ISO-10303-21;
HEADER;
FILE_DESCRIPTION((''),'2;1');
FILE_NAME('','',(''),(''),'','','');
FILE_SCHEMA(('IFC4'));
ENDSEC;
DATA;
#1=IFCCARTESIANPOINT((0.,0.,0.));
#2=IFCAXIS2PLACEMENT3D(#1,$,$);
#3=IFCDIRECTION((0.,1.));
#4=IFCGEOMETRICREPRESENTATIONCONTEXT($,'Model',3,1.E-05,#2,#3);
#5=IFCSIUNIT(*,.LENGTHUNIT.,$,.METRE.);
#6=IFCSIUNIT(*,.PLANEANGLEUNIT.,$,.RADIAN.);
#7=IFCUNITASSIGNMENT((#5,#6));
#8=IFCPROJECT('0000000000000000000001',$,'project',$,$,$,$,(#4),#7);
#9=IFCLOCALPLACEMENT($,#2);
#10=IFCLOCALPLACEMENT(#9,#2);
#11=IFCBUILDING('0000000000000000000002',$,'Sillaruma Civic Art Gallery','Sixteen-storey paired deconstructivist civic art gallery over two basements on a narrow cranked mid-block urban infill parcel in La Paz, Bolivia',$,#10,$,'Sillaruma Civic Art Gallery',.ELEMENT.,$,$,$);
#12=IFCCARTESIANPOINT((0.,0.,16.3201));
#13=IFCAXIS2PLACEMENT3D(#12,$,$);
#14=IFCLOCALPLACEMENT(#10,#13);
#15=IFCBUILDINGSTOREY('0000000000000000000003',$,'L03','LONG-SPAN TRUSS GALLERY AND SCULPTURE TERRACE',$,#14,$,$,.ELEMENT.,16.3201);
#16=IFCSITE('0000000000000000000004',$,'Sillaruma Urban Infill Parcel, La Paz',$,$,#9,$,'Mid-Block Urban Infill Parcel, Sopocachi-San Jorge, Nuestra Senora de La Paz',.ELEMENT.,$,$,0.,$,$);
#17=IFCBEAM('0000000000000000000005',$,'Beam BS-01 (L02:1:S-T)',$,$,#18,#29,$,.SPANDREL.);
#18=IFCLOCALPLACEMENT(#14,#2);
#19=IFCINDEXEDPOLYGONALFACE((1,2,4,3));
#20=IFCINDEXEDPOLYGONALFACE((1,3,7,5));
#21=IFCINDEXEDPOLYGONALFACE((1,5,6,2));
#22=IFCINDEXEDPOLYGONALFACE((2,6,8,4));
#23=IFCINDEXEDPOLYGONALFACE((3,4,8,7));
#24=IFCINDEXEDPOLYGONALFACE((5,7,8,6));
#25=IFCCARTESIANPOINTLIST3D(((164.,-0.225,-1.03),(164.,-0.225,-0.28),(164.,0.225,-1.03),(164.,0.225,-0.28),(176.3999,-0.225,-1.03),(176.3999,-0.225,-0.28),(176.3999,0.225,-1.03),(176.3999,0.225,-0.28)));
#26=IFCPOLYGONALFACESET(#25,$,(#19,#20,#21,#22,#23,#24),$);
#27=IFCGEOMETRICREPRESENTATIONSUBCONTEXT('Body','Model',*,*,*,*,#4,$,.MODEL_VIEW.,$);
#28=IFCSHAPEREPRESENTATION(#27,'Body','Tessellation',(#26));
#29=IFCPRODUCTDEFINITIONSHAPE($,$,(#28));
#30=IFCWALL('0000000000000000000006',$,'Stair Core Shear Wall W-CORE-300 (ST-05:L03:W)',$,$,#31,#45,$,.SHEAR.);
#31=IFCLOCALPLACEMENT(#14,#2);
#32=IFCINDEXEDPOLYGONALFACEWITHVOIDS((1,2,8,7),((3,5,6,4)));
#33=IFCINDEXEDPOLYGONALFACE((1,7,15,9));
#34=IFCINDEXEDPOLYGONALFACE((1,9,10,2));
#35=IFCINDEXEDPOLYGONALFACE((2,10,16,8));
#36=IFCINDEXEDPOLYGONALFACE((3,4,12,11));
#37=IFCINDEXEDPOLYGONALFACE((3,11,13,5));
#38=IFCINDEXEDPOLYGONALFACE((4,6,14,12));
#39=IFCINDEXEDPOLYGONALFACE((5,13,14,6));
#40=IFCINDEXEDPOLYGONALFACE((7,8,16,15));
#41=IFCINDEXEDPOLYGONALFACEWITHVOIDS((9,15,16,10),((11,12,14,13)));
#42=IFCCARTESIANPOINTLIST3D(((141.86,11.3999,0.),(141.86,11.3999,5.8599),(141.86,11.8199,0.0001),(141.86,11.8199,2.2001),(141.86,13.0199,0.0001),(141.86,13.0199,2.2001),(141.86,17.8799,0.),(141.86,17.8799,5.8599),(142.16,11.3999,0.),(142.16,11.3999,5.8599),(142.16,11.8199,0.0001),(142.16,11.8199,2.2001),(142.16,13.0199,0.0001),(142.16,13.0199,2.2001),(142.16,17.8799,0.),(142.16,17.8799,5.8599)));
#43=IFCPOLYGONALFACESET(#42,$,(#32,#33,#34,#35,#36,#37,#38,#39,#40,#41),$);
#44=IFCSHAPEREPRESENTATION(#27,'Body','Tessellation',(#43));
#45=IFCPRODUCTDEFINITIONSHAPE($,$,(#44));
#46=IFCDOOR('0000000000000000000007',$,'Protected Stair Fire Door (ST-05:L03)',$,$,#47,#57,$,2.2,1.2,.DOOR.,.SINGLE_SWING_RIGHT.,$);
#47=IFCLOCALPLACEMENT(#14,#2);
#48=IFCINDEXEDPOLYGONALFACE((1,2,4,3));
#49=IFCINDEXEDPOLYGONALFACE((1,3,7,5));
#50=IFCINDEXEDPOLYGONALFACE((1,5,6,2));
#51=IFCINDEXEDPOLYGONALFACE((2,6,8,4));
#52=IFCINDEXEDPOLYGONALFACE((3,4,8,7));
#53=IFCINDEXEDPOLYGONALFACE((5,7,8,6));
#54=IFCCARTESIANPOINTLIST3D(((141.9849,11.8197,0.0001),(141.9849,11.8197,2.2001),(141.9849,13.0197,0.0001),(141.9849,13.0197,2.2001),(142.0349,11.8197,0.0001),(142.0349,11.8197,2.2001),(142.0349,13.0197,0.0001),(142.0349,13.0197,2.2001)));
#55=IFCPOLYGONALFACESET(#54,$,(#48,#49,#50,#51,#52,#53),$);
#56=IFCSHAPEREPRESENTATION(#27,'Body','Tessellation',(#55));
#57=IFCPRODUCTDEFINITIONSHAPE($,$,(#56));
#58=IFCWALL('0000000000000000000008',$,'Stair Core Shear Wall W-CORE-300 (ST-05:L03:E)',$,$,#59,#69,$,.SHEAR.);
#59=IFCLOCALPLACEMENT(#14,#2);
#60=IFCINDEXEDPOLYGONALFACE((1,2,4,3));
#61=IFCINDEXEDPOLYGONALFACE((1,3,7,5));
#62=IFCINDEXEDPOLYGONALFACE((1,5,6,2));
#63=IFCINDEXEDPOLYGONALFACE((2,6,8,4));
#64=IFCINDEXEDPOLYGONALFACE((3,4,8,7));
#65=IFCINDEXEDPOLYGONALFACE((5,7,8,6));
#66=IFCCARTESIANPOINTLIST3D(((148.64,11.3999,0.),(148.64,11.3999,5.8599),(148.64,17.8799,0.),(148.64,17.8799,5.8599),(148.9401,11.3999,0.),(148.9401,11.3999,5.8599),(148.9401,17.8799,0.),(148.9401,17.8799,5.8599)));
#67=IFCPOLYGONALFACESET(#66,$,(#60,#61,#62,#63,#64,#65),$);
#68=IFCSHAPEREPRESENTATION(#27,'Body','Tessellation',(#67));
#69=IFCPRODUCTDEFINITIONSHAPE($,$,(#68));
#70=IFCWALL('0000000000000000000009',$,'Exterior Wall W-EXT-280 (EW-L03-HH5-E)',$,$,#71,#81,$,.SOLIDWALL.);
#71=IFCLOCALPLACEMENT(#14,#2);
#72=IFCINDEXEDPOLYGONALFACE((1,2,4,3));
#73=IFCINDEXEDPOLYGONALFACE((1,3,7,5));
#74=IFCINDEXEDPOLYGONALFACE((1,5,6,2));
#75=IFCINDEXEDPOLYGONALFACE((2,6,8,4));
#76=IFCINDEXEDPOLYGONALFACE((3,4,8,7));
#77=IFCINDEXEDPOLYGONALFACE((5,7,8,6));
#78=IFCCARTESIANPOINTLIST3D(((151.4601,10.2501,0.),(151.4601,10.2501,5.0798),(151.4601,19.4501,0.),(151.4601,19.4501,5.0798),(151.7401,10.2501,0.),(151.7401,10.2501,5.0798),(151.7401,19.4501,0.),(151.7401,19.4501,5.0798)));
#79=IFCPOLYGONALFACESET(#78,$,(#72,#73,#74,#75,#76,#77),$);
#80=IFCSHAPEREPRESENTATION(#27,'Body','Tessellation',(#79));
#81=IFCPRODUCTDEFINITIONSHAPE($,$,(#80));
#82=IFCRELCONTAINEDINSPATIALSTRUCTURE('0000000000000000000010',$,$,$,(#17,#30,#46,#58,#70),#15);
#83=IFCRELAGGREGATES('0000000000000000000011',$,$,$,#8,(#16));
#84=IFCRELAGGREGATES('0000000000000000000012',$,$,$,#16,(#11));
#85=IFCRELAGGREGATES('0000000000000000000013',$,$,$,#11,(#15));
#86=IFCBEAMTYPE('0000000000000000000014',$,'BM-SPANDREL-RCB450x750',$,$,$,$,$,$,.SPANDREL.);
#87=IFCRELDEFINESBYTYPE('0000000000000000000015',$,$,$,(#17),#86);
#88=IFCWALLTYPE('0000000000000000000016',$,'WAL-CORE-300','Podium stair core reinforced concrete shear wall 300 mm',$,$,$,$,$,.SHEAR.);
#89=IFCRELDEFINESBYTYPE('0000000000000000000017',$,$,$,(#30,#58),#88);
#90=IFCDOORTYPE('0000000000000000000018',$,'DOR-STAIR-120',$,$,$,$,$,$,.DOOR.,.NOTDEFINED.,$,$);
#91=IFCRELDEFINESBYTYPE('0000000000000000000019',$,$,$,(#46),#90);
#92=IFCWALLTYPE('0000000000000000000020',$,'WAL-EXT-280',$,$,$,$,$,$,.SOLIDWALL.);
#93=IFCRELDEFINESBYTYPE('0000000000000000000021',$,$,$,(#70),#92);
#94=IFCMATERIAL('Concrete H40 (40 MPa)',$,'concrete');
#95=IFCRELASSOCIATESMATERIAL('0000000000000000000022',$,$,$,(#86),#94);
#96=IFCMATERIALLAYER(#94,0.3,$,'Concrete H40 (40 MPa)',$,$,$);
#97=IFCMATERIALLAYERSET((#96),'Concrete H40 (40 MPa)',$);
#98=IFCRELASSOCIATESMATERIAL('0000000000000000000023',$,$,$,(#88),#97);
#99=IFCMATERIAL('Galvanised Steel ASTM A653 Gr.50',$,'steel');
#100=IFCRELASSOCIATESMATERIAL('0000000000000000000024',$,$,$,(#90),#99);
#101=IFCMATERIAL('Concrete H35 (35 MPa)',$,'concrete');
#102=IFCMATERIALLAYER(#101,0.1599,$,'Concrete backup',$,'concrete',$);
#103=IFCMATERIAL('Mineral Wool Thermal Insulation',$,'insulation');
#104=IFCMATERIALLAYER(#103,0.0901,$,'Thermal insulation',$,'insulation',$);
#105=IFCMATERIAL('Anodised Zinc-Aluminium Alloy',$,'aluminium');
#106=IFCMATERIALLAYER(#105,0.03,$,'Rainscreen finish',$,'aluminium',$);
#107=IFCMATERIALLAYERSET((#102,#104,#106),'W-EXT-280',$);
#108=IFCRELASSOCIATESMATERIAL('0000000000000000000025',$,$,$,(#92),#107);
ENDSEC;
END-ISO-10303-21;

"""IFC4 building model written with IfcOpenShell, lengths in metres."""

from ifc_helpers import new_model, si_unit, direction, frame, frame_2d, origin, origin_2d, place, context, subcontext, project, spatial, rectangle, extrude, material, layer, layer_set, material_profile, profile_set, type_object, element, fill, save


model = new_model("IFC4")

# Units and contexts
model_context = context("Model", 3, precision=1e-05, world=origin(), true_north=direction((0.0, 1.0)))
body_context = subcontext(model_context, "Body", "Model", "MODEL_VIEW")
ifc_project = project(units=[si_unit("LENGTHUNIT", "METRE"), si_unit("PLANEANGLEUNIT", "RADIAN")], contexts=[model_context])

# Site, building, storey
site_placement = place(None, origin())
site = spatial("IfcSite", under=ifc_project, at=site_placement, Name="Sillaruma Urban Infill Parcel, La Paz", LongName="Mid-Block Urban Infill Parcel, Sopocachi-San Jorge, Nuestra Senora de La Paz", CompositionType="ELEMENT", RefElevation=0.0)
building_placement = place(site_placement, origin())
building = spatial("IfcBuilding", under=site, at=building_placement, Name="Sillaruma Civic Art Gallery", Description="Sixteen-storey paired deconstructivist civic art gallery over two basements on a narrow cranked mid-block urban infill parcel in La Paz, Bolivia", LongName="Sillaruma Civic Art Gallery", CompositionType="ELEMENT")
storey_placement = place(building_placement, frame((0.0, 0.0, 16.3201)))
storey = spatial("IfcBuildingStorey", under=building, at=storey_placement, Name="L03", Description="LONG-SPAN TRUSS GALLERY AND SCULPTURE TERRACE", CompositionType="ELEMENT", Elevation=16.3201)

# Shared definitions
ifc_material_1 = material(Name="Concrete H40 (40 MPa)", Category="concrete")

# Beam
ifc_material_2 = material(Name="Concrete H35 (35 MPa)", Category="concrete")
ifc_material_profile_1 = material_profile(ifc_material_1, rectangle(XDim=0.45, YDim=0.75, at=origin_2d()), Name="RCB450x750")
ifc_profile_set_1 = profile_set([ifc_material_profile_1], Name="Concrete H40 (40 MPa)")
beam_type_1 = type_object("IfcBeamType", Name="BM-SPANDREL-RCB450x750", PredefinedType="SPANDREL", material=ifc_profile_set_1)
for number, where, z_axis, x_axis, name in (
    (1, (164.0, 0.0, -0.655), (1.0, 0.0, 0.0), (0.0, 1.0, 0.0), "Beam BS-01 (L02:1:S-T)"),
):
    element("IfcBeam", number, at=place(storey_placement, frame(where, z_axis=z_axis, x_axis=x_axis)), inside=storey, type_object=beam_type_1, Name=name, PredefinedType="SPANDREL", context=body_context, shape_type="SweptSolid", body=[
        extrude(rectangle(XDim=0.45, YDim=0.75, at=origin_2d()), origin(), (0.0, 0.0, 1.0), 12.3999),
    ])

# Wall, opening, door
ifc_layer_1 = layer(ifc_material_1, 0.3, Name="Concrete H40 (40 MPa)")
ifc_layer_set_1 = layer_set([ifc_layer_1], Name="Concrete H40 (40 MPa)")
wall_type_1 = type_object("IfcWallType", Name="WAL-CORE-300", Description="Podium stair core reinforced concrete shear wall 300 mm", PredefinedType="SHEAR", material=ifc_layer_set_1)
wall_1_placement = place(storey_placement, frame((142.01, 11.3999, 0.0), z_axis=(0.0, 0.0, 1.0), x_axis=(0.0, 1.0, 0.0)))
wall_1 = element("IfcWall", 2, at=wall_1_placement, inside=storey, type_object=wall_type_1, Name="Stair Core Shear Wall W-CORE-300 (ST-05:L03:W)", PredefinedType="SHEAR", context=body_context, shape_type="SweptSolid", body=[
    extrude(rectangle(XDim=6.48, YDim=0.3, at=frame_2d((3.24, 0.0))), origin(), (0.0, 0.0, 1.0), 5.8599),
])
opening_placement = place(wall_1_placement, frame((0.4199, 0.0, 0.0)))
opening = element("IfcOpeningElement", 3, at=opening_placement, cuts=wall_1, PredefinedType="OPENING", context=body_context, shape_type="SweptSolid", body=[
    extrude(rectangle(XDim=1.2, YDim=2.2, at=frame_2d((0.6001, 1.1001))), frame((0.0, 0.1599, 0.0), z_axis=(0.0, -1.0, 0.0), x_axis=(1.0, 0.0, 0.0)), (0.0, 0.0, 1.0), 0.3201),
])
ifc_material_3 = material(Name="Galvanised Steel ASTM A653 Gr.50", Category="steel")
door_type = type_object("IfcDoorType", Name="DOR-STAIR-120", OperationType="NOTDEFINED", PredefinedType="DOOR", material=ifc_material_3)
door_placement = place(opening_placement, frame((1.2, 0.0, 0.0), z_axis=(0.0, 0.0, 1.0), x_axis=(-1.0, 0.0, 0.0)))
door = element("IfcDoor", 4, at=door_placement, inside=storey, type_object=door_type, Name="Protected Stair Fire Door (ST-05:L03)", OperationType="SINGLE_SWING_RIGHT", OverallHeight=2.2, OverallWidth=1.2, PredefinedType="DOOR", context=body_context, shape_type="SweptSolid", body=[
    extrude(rectangle(XDim=1.2, YDim=2.2, at=frame_2d((0.6001, 1.1001))), frame((0.0, 0.0249, 0.0), z_axis=(0.0, -1.0, 0.0), x_axis=(1.0, 0.0, 0.0)), (0.0, 0.0, 1.0), 0.05),
])
fill(opening, door)

# Walls
wall_2_placement = place(storey_placement, frame((148.79, 11.3999, 0.0), z_axis=(0.0, 0.0, 1.0), x_axis=(0.0, 1.0, 0.0)))
element("IfcWall", 5, at=wall_2_placement, inside=storey, type_object=wall_type_1, Name="Stair Core Shear Wall W-CORE-300 (ST-05:L03:E)", PredefinedType="SHEAR", context=body_context, shape_type="SweptSolid", body=[
    extrude(rectangle(XDim=6.48, YDim=0.3, at=frame_2d((3.24, 0.0))), origin(), (0.0, 0.0, 1.0), 5.8599),
])
ifc_layer_2 = layer(ifc_material_2, 0.1599, Name="Concrete backup", Category="concrete")
ifc_material_4 = material(Name="Mineral Wool Thermal Insulation", Category="insulation")
ifc_layer_3 = layer(ifc_material_4, 0.0901, Name="Thermal insulation", Category="insulation")
ifc_material_5 = material(Name="Anodised Zinc-Aluminium Alloy", Category="aluminium")
ifc_layer_4 = layer(ifc_material_5, 0.03, Name="Rainscreen finish", Category="aluminium")
ifc_layer_set_2 = layer_set([ifc_layer_2, ifc_layer_3, ifc_layer_4], Name="W-EXT-280")
wall_type_2 = type_object("IfcWallType", Name="WAL-EXT-280", PredefinedType="SOLIDWALL", material=ifc_layer_set_2)
wall_3_placement = place(storey_placement, frame((151.6001, 10.25, 0.0), z_axis=(0.0, 0.0, 1.0), x_axis=(0.0, 1.0, 0.0)))
element("IfcWall", 6, at=wall_3_placement, inside=storey, type_object=wall_type_2, Name="Exterior Wall W-EXT-280 (EW-L03-HH5-E)", PredefinedType="SOLIDWALL", context=body_context, shape_type="SweptSolid", body=[
    extrude(rectangle(XDim=9.2, YDim=0.28, at=frame_2d((4.6001, 0.0))), origin(), (0.0, 0.0, 1.0), 5.0798),
])

save(model, "model.ifc")
